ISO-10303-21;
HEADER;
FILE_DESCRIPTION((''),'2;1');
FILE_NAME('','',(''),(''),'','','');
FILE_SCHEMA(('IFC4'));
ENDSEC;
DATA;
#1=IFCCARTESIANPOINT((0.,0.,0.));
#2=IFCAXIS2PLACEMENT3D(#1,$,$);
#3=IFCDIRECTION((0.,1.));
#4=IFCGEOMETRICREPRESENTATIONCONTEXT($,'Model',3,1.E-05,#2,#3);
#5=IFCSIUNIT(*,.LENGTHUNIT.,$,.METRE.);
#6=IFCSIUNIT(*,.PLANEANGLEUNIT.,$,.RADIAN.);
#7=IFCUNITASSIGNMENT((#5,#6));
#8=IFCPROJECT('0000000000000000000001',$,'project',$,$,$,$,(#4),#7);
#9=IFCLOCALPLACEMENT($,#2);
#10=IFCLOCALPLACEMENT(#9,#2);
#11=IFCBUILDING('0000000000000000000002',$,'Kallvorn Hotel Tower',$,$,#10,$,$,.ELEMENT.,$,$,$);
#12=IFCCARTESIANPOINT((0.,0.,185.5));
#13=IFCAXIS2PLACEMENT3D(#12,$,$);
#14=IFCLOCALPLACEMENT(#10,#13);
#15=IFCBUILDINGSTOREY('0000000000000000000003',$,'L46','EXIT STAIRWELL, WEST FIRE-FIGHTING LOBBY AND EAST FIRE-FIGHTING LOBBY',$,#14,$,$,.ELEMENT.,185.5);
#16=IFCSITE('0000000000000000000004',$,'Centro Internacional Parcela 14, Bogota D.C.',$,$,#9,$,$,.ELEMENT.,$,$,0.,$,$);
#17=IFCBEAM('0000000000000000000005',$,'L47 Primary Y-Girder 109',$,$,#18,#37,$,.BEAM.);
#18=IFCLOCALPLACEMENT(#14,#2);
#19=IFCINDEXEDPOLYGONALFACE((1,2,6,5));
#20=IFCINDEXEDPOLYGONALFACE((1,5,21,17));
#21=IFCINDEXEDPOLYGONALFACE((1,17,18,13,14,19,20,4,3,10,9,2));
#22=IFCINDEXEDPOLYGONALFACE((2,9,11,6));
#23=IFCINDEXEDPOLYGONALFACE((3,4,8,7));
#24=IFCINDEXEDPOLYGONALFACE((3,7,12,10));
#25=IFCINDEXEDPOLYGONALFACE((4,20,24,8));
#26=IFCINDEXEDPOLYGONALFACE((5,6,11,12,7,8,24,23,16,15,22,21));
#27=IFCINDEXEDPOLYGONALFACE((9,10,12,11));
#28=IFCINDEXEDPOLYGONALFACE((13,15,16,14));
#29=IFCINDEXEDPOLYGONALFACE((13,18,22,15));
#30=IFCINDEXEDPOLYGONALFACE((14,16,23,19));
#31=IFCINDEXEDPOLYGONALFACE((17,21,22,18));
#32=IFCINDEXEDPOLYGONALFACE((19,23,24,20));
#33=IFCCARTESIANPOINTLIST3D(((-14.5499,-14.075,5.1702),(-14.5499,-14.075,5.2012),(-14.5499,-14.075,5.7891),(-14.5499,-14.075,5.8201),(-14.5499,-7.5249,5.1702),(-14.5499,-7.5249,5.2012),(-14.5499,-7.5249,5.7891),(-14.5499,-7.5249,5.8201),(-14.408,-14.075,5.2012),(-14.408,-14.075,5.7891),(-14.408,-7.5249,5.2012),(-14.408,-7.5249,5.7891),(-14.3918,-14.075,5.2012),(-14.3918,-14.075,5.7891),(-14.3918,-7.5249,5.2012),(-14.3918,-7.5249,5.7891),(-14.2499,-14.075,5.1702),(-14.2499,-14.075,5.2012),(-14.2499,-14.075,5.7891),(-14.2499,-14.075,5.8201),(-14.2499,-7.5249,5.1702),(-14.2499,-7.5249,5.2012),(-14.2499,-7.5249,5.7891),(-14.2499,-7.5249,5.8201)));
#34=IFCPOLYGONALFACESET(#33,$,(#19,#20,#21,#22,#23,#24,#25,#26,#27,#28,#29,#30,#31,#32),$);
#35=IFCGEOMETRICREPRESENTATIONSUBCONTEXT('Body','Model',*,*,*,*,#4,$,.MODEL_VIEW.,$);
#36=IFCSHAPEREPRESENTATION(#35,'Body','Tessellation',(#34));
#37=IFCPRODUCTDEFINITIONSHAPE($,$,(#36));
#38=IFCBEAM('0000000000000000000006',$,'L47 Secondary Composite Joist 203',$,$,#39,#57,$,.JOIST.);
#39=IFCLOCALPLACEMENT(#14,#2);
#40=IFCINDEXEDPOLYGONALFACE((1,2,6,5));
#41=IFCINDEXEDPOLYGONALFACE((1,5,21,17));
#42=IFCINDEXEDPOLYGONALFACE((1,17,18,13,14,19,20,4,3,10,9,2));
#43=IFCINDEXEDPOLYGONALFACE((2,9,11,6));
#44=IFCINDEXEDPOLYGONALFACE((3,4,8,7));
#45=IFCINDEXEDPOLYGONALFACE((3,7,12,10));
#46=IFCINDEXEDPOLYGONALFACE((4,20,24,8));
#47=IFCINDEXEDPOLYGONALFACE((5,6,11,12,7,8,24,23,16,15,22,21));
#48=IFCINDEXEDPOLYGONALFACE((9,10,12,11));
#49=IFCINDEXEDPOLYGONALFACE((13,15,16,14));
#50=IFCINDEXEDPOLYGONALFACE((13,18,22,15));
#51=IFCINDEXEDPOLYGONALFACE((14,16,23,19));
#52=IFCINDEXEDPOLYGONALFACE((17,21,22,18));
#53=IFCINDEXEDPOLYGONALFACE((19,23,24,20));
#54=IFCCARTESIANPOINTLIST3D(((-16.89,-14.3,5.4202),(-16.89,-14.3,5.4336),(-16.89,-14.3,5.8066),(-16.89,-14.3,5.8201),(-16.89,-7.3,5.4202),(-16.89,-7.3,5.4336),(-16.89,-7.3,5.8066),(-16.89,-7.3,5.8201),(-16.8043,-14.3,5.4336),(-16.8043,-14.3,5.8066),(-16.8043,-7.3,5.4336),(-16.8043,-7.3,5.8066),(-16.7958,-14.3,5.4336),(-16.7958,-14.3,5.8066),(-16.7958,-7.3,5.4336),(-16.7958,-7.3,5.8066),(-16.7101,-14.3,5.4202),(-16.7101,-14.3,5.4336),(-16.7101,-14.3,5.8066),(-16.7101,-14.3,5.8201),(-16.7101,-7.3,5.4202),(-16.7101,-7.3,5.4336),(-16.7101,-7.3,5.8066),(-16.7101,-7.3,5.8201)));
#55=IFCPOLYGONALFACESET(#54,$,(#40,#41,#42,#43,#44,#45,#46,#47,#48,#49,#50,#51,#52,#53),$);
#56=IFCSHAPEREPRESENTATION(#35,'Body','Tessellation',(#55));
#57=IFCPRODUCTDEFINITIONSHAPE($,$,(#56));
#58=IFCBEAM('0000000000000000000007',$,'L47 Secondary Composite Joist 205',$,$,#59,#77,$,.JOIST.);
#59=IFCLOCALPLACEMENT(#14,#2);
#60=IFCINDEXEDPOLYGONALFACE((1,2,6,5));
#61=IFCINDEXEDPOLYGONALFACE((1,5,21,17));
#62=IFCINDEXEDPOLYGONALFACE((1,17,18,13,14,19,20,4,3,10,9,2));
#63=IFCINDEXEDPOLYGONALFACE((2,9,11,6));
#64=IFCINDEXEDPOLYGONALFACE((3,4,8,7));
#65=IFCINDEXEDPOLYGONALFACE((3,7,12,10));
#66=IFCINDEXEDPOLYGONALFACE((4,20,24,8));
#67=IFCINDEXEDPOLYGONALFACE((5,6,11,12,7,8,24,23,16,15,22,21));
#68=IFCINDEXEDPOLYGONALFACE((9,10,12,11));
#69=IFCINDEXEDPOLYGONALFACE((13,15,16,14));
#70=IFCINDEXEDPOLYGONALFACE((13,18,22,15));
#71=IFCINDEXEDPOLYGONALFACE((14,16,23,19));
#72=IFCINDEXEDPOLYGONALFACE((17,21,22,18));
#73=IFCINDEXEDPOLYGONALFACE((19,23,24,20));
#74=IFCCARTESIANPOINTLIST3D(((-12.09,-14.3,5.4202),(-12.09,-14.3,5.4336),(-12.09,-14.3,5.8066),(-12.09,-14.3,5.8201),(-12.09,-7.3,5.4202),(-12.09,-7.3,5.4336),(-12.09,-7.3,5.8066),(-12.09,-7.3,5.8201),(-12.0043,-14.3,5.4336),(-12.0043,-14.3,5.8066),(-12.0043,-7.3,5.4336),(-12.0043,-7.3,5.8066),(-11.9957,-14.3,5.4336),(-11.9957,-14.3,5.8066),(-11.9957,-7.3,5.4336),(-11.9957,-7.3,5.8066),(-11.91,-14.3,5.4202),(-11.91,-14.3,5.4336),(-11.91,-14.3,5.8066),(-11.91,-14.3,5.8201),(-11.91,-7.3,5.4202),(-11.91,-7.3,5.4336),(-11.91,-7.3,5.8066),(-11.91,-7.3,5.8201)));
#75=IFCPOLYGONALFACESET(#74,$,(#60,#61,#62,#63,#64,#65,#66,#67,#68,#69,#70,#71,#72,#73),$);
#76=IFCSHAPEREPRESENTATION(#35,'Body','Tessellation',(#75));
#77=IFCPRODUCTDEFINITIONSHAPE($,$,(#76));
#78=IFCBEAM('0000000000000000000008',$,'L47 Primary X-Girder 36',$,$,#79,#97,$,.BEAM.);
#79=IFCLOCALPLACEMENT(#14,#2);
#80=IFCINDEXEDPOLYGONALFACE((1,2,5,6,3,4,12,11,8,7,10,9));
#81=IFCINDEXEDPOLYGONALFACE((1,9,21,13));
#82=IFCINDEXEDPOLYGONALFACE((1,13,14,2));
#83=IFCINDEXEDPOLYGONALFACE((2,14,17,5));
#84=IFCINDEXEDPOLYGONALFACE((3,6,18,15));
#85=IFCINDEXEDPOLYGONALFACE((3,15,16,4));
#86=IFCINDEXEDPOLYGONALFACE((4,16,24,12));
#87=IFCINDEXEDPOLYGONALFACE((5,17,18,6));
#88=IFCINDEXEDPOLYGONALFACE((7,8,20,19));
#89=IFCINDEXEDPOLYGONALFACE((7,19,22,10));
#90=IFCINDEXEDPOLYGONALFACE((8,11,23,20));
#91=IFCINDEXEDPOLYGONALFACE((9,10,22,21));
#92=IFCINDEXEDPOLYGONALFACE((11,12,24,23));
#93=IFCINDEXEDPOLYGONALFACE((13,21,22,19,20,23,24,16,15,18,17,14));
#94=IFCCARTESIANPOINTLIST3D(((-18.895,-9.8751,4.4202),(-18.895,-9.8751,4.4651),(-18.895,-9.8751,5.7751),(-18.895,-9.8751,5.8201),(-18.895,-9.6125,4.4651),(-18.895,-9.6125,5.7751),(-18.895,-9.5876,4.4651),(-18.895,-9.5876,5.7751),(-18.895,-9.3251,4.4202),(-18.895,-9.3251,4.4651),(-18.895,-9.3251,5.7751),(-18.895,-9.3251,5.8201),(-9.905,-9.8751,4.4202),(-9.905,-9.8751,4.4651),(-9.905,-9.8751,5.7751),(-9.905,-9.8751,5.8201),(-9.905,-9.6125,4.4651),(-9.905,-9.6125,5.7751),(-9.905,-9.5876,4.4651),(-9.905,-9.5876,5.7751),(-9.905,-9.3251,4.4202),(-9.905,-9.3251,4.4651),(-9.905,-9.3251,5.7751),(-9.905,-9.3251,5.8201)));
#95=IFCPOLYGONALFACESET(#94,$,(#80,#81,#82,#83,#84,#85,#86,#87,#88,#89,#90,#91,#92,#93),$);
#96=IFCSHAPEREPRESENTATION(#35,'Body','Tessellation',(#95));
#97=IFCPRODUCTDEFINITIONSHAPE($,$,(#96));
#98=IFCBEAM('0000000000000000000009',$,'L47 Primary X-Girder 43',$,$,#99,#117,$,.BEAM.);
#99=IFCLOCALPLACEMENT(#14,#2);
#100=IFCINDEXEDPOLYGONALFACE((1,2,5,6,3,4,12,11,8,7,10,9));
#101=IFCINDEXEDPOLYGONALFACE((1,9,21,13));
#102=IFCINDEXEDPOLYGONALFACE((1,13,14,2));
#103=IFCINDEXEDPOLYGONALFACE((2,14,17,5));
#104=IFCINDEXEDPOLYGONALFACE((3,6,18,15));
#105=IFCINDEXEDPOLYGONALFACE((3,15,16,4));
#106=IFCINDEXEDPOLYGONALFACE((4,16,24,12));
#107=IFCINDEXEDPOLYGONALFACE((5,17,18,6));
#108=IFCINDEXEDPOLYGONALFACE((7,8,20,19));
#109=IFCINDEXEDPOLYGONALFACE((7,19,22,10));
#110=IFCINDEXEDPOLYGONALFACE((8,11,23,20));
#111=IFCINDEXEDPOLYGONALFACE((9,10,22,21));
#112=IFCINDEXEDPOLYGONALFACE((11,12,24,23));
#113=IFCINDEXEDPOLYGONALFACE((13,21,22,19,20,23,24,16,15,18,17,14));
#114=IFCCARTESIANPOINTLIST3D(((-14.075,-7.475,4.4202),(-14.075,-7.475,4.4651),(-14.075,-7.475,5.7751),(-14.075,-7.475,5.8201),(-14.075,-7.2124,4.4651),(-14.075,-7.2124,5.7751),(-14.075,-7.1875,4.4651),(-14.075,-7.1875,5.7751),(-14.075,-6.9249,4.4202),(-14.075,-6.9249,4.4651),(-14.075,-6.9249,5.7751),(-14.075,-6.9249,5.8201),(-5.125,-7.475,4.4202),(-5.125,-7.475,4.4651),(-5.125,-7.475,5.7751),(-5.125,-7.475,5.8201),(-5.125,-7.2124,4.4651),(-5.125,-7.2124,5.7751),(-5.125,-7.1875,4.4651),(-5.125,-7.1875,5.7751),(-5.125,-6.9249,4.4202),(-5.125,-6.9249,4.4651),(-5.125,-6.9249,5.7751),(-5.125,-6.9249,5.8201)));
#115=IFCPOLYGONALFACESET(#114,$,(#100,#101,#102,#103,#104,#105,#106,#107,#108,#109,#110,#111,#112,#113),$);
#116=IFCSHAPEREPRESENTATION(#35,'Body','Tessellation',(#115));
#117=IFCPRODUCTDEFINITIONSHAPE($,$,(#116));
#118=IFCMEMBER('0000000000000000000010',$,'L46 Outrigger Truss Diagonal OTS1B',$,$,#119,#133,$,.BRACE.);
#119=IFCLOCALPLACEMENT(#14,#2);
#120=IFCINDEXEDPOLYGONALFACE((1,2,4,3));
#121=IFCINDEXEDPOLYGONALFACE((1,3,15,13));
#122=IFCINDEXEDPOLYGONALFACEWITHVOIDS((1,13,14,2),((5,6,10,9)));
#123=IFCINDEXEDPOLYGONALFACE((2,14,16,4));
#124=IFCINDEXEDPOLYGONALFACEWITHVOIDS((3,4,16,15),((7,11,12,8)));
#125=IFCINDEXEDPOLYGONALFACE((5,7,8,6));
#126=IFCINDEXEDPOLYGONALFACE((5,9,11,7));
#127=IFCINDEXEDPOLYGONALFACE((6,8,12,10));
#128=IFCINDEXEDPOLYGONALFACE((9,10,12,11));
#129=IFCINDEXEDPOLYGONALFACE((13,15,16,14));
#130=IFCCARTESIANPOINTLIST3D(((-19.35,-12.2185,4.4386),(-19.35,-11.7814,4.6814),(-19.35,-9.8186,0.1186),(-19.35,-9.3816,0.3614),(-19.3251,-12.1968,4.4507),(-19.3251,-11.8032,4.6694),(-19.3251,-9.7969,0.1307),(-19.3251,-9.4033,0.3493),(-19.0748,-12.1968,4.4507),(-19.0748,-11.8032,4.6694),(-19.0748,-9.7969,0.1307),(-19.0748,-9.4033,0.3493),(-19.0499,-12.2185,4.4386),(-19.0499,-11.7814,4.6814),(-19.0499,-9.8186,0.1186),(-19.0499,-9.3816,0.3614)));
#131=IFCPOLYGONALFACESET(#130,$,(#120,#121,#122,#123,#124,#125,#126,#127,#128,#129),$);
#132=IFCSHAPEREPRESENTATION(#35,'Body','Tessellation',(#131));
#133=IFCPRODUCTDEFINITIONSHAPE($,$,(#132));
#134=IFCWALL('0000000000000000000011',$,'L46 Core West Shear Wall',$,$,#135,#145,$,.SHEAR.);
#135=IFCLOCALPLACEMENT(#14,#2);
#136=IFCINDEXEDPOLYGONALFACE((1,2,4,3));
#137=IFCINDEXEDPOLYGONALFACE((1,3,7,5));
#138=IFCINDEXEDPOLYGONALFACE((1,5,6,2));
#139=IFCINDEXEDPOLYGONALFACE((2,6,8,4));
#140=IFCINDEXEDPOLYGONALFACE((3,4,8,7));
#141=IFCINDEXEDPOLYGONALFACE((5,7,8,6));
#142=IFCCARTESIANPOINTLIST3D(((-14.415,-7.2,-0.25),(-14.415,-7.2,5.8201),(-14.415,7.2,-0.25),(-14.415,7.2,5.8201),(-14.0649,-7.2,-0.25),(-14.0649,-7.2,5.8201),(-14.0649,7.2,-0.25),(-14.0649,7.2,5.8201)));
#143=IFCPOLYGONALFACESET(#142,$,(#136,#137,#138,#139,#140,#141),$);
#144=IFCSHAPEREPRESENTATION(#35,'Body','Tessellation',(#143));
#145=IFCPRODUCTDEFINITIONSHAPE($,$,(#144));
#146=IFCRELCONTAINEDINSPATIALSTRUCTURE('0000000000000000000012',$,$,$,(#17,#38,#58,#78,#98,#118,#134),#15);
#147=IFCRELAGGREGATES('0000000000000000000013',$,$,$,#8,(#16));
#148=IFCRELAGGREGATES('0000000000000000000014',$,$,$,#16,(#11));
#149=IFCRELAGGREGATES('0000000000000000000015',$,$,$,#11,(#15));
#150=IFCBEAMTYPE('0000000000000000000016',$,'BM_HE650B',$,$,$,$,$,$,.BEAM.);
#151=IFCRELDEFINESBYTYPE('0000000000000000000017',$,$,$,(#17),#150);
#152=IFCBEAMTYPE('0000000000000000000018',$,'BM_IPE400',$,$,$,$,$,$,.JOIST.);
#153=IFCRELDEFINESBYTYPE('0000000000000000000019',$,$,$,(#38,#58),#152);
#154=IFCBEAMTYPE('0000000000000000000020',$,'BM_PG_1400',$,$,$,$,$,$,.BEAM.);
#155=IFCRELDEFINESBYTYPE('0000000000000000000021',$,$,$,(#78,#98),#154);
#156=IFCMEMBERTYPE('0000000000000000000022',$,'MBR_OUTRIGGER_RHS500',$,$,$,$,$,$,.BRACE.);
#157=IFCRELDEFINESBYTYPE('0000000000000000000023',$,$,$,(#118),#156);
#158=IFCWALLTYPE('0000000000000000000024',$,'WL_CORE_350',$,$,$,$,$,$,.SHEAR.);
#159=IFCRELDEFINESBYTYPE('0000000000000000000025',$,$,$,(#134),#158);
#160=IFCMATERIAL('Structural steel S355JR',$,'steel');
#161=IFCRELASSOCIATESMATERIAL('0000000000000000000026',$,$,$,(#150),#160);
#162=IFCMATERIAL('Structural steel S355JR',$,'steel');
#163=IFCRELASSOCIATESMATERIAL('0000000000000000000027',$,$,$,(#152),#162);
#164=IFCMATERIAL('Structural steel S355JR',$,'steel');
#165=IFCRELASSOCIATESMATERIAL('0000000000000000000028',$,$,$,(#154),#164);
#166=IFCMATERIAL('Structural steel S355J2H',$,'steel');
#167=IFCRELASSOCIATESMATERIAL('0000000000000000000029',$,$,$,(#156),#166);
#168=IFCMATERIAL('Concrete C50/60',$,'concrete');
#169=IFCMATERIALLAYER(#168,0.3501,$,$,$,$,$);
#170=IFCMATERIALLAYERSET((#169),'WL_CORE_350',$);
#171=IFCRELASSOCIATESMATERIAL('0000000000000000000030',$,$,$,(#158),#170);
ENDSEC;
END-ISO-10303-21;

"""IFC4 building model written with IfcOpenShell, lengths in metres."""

from ifc_helpers import new_model, si_unit, direction, frame, frame_2d, origin, origin_2d, place, context, subcontext, project, spatial, rectangle, hollow_rectangle, i_section, extrude, material, layer, layer_set, material_profile, profile_set, type_object, element, save


model = new_model("IFC4")

# Units and contexts
model_context = context("Model", 3, precision=1e-05, world=origin(), true_north=direction((0.0, 1.0)))
body_context = subcontext(model_context, "Body", "Model", "MODEL_VIEW")
ifc_project = project(units=[si_unit("LENGTHUNIT", "METRE"), si_unit("PLANEANGLEUNIT", "RADIAN")], contexts=[model_context])

# Site, building, storey
site_placement = place(None, origin())
site = spatial("IfcSite", under=ifc_project, at=site_placement, Name="Centro Internacional Parcela 14, Bogota D.C.", CompositionType="ELEMENT", RefElevation=0.0)
building_placement = place(site_placement, origin())
building = spatial("IfcBuilding", under=site, at=building_placement, Name="Kallvorn Hotel Tower", CompositionType="ELEMENT")
storey_placement = place(building_placement, frame((0.0, 0.0, 185.5)))
storey = spatial("IfcBuildingStorey", under=building, at=storey_placement, Name="L46", Description="EXIT STAIRWELL, WEST FIRE-FIGHTING LOBBY AND EAST FIRE-FIGHTING LOBBY", CompositionType="ELEMENT", Elevation=185.5)

# Beams
ifc_material_1 = material(Name="Structural steel S355JR", Category="steel")
ifc_material_profile_1 = material_profile(ifc_material_1, i_section(OverallWidth=0.3, OverallDepth=0.6499, WebThickness=0.0161, FlangeThickness=0.031, at=origin_2d()), Name="HE 650 B")
ifc_profile_set_1 = profile_set([ifc_material_profile_1], Name="Structural steel S355JR")
beam_type_1 = type_object("IfcBeamType", Name="BM_HE650B", PredefinedType="BEAM", material=ifc_profile_set_1)
beam_1_placement = place(storey_placement, frame((-14.3999, -14.075, 5.4951), z_axis=(0.0, 1.0, 0.0), x_axis=(-1.0, 0.0, 0.0)))
element("IfcBeam", 1, at=beam_1_placement, inside=storey, type_object=beam_type_1, Name="L47 Primary Y-Girder 109", PredefinedType="BEAM", context=body_context, shape_type="SweptSolid", body=[
    extrude(i_section(OverallWidth=0.3, OverallDepth=0.6499, WebThickness=0.0161, FlangeThickness=0.031, at=origin_2d()), origin(), (0.0, 0.0, 1.0), 6.55),
])
ifc_material_2 = material(Name="Structural steel S355JR", Category="steel")
ifc_material_profile_2 = material_profile(ifc_material_2, i_section(OverallWidth=0.1799, OverallDepth=0.3999, WebThickness=0.0085, FlangeThickness=0.0134, at=origin_2d()), Name="IPE 400")
ifc_profile_set_2 = profile_set([ifc_material_profile_2], Name="Structural steel S355JR")
beam_type_2 = type_object("IfcBeamType", Name="BM_IPE400", PredefinedType="JOIST", material=ifc_profile_set_2)
for number, where, z_axis, x_axis, name in (
    (2, (-16.8, -14.3, 5.6201), (0.0, 1.0, 0.0), (-1.0, 0.0, 0.0), "L47 Secondary Composite Joist 203"),
    (3, (-12.0, -14.3, 5.6201), (0.0, 1.0, 0.0), (-1.0, 0.0, 0.0), "L47 Secondary Composite Joist 205"),
):
    element("IfcBeam", number, at=place(storey_placement, frame(where, z_axis=z_axis, x_axis=x_axis)), inside=storey, type_object=beam_type_2, Name=name, PredefinedType="JOIST", context=body_context, shape_type="SweptSolid", body=[
        extrude(i_section(OverallWidth=0.1799, OverallDepth=0.3999, WebThickness=0.0085, FlangeThickness=0.0134, at=origin_2d()), origin(), (0.0, 0.0, 1.0), 7.0),
    ])
ifc_material_3 = material(Name="Structural steel S355JR", Category="steel")
ifc_material_profile_3 = material_profile(ifc_material_3, i_section(OverallWidth=0.55, OverallDepth=1.3999, WebThickness=0.0249, FlangeThickness=0.0449, at=origin_2d()), Name="PG 1400x550x25x45")
ifc_profile_set_3 = profile_set([ifc_material_profile_3], Name="Structural steel S355JR")
beam_type_3 = type_object("IfcBeamType", Name="BM_PG_1400", PredefinedType="BEAM", material=ifc_profile_set_3)
beam_2_placement = place(storey_placement, frame((-18.895, -9.6001, 5.1201), z_axis=(1.0, 0.0, 0.0), x_axis=(0.0, 1.0, 0.0)))
element("IfcBeam", 4, at=beam_2_placement, inside=storey, type_object=beam_type_3, Name="L47 Primary X-Girder 36", PredefinedType="BEAM", context=body_context, shape_type="SweptSolid", body=[
    extrude(i_section(OverallWidth=0.55, OverallDepth=1.3999, WebThickness=0.0249, FlangeThickness=0.0449, at=origin_2d()), origin(), (0.0, 0.0, 1.0), 8.99),
])
beam_3_placement = place(storey_placement, frame((-14.075, -7.2, 5.1201), z_axis=(1.0, 0.0, 0.0), x_axis=(0.0, 1.0, 0.0)))
element("IfcBeam", 5, at=beam_3_placement, inside=storey, type_object=beam_type_3, Name="L47 Primary X-Girder 43", PredefinedType="BEAM", context=body_context, shape_type="SweptSolid", body=[
    extrude(i_section(OverallWidth=0.55, OverallDepth=1.3999, WebThickness=0.0249, FlangeThickness=0.0449, at=origin_2d()), origin(), (0.0, 0.0, 1.0), 8.95),
])

# Member
ifc_material_4 = material(Name="Structural steel S355J2H", Category="steel")
ifc_material_profile_4 = material_profile(ifc_material_4, hollow_rectangle(XDim=0.3, YDim=0.5, WallThickness=0.0249, at=origin_2d()), Name="RHS 500x300x25")
ifc_profile_set_4 = profile_set([ifc_material_profile_4], Name="Structural steel S355J2H")
member_type = type_object("IfcMemberType", Name="MBR_OUTRIGGER_RHS500", PredefinedType="BRACE", material=ifc_profile_set_4)
member_placement = place(storey_placement, frame((-19.2, -9.6001, 0.24), z_axis=(0.0, -0.485622, 0.874169), x_axis=(1.0, 0.0, 0.0)))
element("IfcMember", 6, at=member_placement, inside=storey, type_object=member_type, Name="L46 Outrigger Truss Diagonal OTS1B", PredefinedType="BRACE", context=body_context, shape_type="SweptSolid", body=[
    extrude(hollow_rectangle(XDim=0.3, YDim=0.5, WallThickness=0.0249, at=origin_2d()), origin(), (0.0, 0.0, 1.0), 4.9419),
])

# Wall
ifc_material_5 = material(Name="Concrete C50/60", Category="concrete")
ifc_layer_1 = layer(ifc_material_5, 0.3501)
ifc_layer_set_1 = layer_set([ifc_layer_1], Name="WL_CORE_350")
wall_type_1 = type_object("IfcWallType", Name="WL_CORE_350", PredefinedType="SHEAR", material=ifc_layer_set_1)
wall_1_placement = place(storey_placement, frame((-14.24, -7.2, -0.25), z_axis=(0.0, 0.0, 1.0), x_axis=(0.0, 1.0, 0.0)))
element("IfcWall", 7, at=wall_1_placement, inside=storey, type_object=wall_type_1, Name="L46 Core West Shear Wall", PredefinedType="SHEAR", context=body_context, shape_type="SweptSolid", body=[
    extrude(rectangle(XDim=14.3999, YDim=0.3501, at=frame_2d((7.2, 0.0))), origin(), (0.0, 0.0, 1.0), 6.0701),
])

save(model, "model.ifc")
